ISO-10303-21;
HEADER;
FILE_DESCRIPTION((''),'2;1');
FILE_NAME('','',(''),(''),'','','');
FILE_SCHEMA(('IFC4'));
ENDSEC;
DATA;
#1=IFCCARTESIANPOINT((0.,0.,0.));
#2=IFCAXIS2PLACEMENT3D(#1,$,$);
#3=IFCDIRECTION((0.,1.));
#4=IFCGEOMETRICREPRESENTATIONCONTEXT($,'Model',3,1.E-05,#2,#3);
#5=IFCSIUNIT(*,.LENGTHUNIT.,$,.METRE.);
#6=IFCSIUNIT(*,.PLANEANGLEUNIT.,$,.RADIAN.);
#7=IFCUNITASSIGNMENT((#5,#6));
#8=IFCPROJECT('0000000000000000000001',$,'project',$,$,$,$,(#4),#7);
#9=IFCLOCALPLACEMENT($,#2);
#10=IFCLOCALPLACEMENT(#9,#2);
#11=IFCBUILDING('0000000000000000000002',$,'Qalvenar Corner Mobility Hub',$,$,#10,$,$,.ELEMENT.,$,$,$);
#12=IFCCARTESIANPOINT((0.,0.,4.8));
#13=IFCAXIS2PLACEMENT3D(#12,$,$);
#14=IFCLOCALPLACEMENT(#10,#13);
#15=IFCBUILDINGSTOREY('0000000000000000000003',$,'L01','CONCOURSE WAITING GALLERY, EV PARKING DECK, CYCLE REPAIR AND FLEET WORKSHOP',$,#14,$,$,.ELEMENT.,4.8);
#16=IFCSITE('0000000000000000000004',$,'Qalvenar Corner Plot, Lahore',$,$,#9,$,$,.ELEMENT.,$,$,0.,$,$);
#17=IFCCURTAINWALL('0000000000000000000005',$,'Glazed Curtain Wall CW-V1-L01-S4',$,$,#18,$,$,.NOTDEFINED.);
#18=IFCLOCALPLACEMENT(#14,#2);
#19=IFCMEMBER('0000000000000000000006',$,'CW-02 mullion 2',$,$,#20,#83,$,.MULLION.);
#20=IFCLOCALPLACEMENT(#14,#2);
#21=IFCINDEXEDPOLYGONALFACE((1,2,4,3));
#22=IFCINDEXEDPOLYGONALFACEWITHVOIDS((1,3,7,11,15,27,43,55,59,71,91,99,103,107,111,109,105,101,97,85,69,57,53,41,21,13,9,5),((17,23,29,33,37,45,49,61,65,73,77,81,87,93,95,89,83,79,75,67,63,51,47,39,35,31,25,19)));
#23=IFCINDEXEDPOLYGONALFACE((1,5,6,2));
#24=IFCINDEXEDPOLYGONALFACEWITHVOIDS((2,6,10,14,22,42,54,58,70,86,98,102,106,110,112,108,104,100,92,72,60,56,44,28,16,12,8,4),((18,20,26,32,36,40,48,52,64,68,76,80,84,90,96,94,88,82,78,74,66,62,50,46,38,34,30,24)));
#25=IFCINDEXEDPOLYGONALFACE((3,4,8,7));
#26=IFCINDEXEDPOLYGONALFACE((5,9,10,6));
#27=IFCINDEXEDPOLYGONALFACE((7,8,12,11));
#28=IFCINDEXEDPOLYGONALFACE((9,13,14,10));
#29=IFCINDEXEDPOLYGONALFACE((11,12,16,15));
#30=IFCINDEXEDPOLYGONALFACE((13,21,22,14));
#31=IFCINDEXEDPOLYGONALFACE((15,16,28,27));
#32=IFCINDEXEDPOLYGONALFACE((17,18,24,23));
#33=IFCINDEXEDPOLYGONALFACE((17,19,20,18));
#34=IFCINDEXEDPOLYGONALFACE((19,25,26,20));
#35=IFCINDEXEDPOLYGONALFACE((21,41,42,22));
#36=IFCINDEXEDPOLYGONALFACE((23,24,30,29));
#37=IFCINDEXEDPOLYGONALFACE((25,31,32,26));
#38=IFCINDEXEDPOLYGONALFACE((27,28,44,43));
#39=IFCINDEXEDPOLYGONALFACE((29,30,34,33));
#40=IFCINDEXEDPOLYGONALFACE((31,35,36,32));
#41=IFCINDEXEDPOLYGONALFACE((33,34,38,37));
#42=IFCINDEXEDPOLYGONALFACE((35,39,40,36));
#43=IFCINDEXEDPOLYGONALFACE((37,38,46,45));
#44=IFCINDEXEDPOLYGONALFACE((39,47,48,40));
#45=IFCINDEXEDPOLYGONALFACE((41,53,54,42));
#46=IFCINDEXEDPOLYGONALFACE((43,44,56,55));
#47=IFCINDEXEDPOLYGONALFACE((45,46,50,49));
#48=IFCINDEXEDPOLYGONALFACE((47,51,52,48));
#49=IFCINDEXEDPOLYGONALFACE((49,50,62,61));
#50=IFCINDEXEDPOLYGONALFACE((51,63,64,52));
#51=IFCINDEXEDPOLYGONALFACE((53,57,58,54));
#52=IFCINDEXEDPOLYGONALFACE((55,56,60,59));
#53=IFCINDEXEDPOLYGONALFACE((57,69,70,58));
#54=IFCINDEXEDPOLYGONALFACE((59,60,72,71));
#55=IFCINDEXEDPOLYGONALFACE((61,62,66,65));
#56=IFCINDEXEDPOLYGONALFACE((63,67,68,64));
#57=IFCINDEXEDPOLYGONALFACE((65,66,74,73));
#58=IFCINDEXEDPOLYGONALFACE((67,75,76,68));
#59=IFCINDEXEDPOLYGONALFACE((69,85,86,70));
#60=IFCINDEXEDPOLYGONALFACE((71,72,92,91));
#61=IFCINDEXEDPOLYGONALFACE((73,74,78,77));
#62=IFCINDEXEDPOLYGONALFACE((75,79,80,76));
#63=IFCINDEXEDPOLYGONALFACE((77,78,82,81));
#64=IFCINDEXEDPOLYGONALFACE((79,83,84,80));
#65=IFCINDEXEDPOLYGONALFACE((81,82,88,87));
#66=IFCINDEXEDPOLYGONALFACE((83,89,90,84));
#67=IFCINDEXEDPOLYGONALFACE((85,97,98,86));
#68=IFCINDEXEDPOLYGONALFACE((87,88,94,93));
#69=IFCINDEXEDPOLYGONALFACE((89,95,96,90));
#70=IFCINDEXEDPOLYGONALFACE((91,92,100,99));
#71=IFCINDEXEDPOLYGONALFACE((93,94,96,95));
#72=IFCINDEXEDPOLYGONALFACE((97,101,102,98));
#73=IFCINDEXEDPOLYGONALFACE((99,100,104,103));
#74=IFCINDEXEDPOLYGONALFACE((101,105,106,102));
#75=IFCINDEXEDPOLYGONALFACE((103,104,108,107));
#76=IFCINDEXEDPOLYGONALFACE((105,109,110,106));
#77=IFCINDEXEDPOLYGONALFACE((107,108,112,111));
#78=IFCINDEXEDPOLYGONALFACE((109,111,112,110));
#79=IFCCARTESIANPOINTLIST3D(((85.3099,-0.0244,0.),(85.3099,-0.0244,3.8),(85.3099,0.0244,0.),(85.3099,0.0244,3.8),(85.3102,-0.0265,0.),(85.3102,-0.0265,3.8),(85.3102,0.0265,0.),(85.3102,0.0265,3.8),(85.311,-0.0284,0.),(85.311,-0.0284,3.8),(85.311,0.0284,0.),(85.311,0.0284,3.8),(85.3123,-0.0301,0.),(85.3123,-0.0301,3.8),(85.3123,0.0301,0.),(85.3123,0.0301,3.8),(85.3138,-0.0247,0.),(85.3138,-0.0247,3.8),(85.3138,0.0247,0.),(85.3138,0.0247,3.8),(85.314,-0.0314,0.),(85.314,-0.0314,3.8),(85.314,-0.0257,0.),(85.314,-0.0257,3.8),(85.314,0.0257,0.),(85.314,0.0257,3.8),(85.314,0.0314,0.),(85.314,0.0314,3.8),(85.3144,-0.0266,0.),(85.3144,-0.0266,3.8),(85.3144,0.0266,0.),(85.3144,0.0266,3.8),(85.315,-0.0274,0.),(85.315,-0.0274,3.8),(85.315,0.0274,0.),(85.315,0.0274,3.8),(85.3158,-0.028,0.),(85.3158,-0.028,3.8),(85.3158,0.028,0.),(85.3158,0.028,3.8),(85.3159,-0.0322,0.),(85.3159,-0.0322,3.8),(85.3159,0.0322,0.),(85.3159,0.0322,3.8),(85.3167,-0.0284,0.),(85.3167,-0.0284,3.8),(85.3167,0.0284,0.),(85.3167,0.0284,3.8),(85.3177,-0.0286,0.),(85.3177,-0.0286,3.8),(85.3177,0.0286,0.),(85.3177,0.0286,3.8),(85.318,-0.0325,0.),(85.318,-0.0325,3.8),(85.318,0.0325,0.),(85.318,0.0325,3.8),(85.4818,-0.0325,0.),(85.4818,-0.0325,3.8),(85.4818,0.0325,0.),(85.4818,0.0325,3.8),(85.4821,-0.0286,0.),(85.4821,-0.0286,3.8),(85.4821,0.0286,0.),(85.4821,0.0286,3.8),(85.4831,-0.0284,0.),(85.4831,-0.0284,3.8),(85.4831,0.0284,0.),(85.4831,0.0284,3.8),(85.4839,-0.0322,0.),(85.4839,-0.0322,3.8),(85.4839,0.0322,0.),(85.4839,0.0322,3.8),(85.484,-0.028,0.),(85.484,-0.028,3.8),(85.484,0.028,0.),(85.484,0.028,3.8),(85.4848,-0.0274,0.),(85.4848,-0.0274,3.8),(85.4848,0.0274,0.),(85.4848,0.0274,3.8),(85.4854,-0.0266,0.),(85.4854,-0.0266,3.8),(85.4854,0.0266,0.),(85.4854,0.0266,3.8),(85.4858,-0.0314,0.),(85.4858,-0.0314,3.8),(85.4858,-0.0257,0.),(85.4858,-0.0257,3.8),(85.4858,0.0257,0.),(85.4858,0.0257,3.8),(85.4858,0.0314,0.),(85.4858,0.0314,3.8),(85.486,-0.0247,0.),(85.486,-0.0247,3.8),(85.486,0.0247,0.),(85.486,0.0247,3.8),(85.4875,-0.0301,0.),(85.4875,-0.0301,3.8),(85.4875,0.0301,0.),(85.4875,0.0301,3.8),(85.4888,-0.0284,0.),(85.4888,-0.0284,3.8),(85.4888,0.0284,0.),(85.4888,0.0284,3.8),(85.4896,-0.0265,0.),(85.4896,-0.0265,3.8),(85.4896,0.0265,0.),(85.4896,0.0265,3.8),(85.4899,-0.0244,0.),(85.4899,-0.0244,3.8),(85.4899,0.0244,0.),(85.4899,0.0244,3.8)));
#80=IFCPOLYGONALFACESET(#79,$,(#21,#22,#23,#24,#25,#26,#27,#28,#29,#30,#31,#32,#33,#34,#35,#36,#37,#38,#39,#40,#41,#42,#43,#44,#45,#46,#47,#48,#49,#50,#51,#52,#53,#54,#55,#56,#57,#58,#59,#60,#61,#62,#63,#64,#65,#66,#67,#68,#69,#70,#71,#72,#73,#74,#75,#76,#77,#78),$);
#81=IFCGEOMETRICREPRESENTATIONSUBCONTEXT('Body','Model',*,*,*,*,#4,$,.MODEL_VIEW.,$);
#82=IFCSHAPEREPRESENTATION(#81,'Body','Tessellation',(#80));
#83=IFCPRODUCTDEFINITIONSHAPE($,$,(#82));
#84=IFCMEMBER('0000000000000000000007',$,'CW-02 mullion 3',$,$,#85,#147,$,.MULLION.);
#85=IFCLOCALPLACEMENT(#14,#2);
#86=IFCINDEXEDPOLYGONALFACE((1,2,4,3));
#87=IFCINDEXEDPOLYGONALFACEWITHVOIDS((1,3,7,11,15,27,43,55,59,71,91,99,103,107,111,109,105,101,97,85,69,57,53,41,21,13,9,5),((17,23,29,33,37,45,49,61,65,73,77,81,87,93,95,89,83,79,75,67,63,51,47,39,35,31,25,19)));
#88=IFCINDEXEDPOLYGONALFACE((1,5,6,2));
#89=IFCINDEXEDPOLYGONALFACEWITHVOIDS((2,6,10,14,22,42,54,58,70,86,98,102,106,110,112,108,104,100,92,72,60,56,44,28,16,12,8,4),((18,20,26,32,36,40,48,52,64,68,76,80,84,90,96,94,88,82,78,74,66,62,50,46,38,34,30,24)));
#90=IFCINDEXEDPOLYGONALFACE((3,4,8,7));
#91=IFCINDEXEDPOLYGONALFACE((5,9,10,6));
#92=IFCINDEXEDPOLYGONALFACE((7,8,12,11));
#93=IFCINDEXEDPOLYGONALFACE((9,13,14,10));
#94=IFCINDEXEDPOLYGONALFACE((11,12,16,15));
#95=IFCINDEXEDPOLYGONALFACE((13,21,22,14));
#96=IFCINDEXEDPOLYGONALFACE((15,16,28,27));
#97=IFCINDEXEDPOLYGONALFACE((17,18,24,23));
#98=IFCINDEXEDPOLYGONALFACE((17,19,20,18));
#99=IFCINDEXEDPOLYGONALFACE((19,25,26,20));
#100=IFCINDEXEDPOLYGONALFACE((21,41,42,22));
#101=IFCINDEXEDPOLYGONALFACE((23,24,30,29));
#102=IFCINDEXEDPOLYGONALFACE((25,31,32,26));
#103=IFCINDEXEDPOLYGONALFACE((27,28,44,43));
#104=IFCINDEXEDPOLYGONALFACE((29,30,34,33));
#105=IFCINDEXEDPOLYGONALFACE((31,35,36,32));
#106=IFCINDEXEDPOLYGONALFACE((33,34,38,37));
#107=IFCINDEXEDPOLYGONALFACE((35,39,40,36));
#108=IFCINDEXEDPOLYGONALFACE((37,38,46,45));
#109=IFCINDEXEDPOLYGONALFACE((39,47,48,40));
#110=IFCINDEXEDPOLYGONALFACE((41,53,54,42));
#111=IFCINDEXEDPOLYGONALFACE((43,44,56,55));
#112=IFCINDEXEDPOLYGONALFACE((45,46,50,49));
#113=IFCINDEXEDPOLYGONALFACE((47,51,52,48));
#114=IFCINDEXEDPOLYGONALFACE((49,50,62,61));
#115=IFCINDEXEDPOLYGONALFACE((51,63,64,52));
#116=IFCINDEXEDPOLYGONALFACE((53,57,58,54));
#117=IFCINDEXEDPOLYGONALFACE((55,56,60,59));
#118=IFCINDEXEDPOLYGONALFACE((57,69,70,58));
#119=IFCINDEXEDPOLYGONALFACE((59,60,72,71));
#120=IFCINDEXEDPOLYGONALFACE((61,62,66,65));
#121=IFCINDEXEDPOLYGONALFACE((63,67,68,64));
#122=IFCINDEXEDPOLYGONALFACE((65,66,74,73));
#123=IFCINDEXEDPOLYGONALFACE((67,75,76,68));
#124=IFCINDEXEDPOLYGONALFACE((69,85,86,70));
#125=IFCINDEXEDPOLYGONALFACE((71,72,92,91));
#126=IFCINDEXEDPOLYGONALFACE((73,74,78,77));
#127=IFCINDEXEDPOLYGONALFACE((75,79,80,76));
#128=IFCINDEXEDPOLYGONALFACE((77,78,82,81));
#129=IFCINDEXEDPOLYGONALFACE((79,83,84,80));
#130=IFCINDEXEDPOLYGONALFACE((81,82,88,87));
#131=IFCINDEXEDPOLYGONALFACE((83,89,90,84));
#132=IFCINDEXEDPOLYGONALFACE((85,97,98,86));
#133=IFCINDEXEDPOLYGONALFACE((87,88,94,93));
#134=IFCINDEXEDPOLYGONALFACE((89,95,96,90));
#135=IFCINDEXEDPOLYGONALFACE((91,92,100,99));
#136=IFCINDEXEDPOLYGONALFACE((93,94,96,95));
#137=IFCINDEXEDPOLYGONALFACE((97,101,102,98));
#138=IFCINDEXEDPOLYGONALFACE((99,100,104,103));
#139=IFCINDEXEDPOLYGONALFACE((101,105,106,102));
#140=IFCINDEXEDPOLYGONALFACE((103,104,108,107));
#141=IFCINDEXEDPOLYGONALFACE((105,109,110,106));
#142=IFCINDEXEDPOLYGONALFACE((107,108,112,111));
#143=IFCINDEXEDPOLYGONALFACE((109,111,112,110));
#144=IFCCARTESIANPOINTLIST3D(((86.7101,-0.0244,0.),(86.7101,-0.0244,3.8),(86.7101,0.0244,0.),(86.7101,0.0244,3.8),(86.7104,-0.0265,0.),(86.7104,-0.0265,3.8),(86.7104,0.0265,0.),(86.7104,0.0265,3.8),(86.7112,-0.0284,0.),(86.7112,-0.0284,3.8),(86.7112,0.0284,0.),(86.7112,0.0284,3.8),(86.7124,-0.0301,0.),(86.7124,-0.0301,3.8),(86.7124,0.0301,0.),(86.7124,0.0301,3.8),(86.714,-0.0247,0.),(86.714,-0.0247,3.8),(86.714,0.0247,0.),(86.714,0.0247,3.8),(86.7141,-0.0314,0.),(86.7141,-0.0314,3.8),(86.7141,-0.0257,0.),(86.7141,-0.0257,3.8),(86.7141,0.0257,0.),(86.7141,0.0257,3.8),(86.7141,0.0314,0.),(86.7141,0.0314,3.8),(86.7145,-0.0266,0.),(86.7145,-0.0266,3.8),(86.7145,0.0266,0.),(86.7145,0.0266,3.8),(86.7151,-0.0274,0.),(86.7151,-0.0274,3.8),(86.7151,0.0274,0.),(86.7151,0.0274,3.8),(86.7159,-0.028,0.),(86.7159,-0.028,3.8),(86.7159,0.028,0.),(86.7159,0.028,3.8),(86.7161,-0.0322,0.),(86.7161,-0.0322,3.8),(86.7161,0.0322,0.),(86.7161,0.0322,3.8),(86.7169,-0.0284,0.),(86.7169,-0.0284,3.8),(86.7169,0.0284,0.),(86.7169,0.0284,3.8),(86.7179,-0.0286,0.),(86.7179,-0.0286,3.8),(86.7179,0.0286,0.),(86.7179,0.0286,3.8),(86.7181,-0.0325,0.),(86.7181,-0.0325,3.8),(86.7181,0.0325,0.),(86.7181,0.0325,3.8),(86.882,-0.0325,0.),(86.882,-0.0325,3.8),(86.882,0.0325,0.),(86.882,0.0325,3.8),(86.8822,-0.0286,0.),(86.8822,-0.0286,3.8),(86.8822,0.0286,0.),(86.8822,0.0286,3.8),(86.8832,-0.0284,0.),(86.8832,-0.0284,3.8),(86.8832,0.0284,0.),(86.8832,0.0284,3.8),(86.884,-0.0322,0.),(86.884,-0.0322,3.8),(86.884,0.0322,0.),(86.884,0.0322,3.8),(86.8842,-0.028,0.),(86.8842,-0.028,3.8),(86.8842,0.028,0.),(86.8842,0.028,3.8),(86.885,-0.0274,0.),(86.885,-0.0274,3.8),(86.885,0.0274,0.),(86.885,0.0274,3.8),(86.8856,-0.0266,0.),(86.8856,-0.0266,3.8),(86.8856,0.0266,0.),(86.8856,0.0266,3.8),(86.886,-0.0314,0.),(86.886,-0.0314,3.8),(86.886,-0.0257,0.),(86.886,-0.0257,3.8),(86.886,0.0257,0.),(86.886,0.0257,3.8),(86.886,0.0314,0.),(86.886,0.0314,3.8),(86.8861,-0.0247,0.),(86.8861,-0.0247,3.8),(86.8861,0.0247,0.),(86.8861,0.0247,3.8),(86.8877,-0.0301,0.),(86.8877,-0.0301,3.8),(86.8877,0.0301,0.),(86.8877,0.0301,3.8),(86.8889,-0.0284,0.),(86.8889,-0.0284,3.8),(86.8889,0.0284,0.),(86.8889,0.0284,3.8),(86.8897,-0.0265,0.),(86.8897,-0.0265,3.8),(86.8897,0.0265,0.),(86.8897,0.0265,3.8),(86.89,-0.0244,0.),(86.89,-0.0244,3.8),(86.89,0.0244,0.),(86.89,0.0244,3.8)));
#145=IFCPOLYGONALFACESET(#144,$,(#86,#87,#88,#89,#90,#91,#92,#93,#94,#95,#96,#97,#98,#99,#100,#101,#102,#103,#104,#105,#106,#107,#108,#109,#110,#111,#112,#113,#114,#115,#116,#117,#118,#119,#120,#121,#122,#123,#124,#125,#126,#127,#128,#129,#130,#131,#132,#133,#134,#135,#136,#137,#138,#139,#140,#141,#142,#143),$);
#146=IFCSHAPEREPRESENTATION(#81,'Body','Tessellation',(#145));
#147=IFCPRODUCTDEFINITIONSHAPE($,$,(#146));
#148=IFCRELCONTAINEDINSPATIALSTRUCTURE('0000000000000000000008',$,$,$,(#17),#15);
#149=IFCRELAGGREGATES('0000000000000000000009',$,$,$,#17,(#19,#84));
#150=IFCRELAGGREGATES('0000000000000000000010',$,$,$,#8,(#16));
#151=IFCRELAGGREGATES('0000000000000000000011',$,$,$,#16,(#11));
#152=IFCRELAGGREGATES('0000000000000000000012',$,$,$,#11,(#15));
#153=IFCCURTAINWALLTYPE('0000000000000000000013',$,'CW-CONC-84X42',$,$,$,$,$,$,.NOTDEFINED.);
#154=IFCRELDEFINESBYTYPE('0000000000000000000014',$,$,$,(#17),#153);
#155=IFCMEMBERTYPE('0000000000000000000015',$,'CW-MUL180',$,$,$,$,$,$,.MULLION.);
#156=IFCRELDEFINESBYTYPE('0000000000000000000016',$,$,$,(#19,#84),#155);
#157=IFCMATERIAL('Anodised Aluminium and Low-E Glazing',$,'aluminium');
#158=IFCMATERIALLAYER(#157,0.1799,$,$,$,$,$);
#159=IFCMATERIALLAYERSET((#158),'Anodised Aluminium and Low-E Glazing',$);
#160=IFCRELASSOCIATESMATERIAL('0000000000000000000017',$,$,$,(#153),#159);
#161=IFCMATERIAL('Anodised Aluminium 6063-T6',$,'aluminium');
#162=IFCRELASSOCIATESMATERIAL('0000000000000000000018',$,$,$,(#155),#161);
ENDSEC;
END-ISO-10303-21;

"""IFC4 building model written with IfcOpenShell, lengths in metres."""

from ifc_helpers import new_model, si_unit, direction, frame, origin, origin_2d, place, context, subcontext, project, spatial, hollow_rectangle, extrude, material, layer, layer_set, material_profile, profile_set, type_object, element, aggregate, save


model = new_model("IFC4")

# Units and contexts
model_context = context("Model", 3, precision=1e-05, world=origin(), true_north=direction((0.0, 1.0)))
body_context = subcontext(model_context, "Body", "Model", "MODEL_VIEW")
ifc_project = project(units=[si_unit("LENGTHUNIT", "METRE"), si_unit("PLANEANGLEUNIT", "RADIAN")], contexts=[model_context])

# Site, building, storey
site_placement = place(None, origin())
site = spatial("IfcSite", under=ifc_project, at=site_placement, Name="Qalvenar Corner Plot, Lahore", CompositionType="ELEMENT", RefElevation=0.0)
building_placement = place(site_placement, origin())
building = spatial("IfcBuilding", under=site, at=building_placement, Name="Qalvenar Corner Mobility Hub", CompositionType="ELEMENT")
storey_placement = place(building_placement, frame((0.0, 0.0, 4.8)))
storey = spatial("IfcBuildingStorey", under=building, at=storey_placement, Name="L01", Description="CONCOURSE WAITING GALLERY, EV PARKING DECK, CYCLE REPAIR AND FLEET WORKSHOP", CompositionType="ELEMENT", Elevation=4.8)

# Curtain wall, members
ifc_material_1 = material(Name="Anodised Aluminium and Low-E Glazing", Category="aluminium")
ifc_layer_1 = layer(ifc_material_1, 0.1799)
ifc_layer_set_1 = layer_set([ifc_layer_1], Name="Anodised Aluminium and Low-E Glazing")
curtain_wall_type = type_object("IfcCurtainWallType", Name="CW-CONC-84X42", PredefinedType="NOTDEFINED", material=ifc_layer_set_1)
ifc_material_2 = material(Name="Anodised Aluminium 6063-T6", Category="aluminium")
ifc_material_profile_1 = material_profile(ifc_material_2, hollow_rectangle(XDim=0.0649, YDim=0.1799, WallThickness=0.0039, InnerFilletRadius=0.0039, OuterFilletRadius=0.0081, at=origin_2d()), Name="RHS180x65x4")
ifc_profile_set_1 = profile_set([ifc_material_profile_1], Name="Anodised Aluminium 6063-T6")
member_type_1 = type_object("IfcMemberType", Name="CW-MUL180", PredefinedType="MULLION", material=ifc_profile_set_1)
curtain_wall_1_placement = place(storey_placement, origin())
curtain_wall_1 = element("IfcCurtainWall", 1, at=curtain_wall_1_placement, inside=storey, type_object=curtain_wall_type, Name="Glazed Curtain Wall CW-V1-L01-S4", PredefinedType="NOTDEFINED")
member_1_placement = place(storey_placement, frame((85.3999, 0.0, 0.0), z_axis=(0.0, 0.0, 1.0), x_axis=(0.0, 1.0, 0.0)))
member_1 = element("IfcMember", 2, at=member_1_placement, type_object=member_type_1, Name="CW-02 mullion 2", PredefinedType="MULLION", context=body_context, shape_type="SweptSolid", body=[
    extrude(hollow_rectangle(XDim=0.0649, YDim=0.1799, WallThickness=0.0039, InnerFilletRadius=0.0039, OuterFilletRadius=0.0081, at=origin_2d()), origin(), (0.0, 0.0, 1.0), 3.8),
])
member_2_placement = place(storey_placement, frame((86.8, 0.0, 0.0), z_axis=(0.0, 0.0, 1.0), x_axis=(0.0, 1.0, 0.0)))
member_2 = element("IfcMember", 3, at=member_2_placement, type_object=member_type_1, Name="CW-02 mullion 3", PredefinedType="MULLION", context=body_context, shape_type="SweptSolid", body=[
    extrude(hollow_rectangle(XDim=0.0649, YDim=0.1799, WallThickness=0.0039, InnerFilletRadius=0.0039, OuterFilletRadius=0.0081, at=origin_2d()), origin(), (0.0, 0.0, 1.0), 3.8),
])

aggregate(curtain_wall_1, [member_1, member_2])

save(model, "model.ifc")
